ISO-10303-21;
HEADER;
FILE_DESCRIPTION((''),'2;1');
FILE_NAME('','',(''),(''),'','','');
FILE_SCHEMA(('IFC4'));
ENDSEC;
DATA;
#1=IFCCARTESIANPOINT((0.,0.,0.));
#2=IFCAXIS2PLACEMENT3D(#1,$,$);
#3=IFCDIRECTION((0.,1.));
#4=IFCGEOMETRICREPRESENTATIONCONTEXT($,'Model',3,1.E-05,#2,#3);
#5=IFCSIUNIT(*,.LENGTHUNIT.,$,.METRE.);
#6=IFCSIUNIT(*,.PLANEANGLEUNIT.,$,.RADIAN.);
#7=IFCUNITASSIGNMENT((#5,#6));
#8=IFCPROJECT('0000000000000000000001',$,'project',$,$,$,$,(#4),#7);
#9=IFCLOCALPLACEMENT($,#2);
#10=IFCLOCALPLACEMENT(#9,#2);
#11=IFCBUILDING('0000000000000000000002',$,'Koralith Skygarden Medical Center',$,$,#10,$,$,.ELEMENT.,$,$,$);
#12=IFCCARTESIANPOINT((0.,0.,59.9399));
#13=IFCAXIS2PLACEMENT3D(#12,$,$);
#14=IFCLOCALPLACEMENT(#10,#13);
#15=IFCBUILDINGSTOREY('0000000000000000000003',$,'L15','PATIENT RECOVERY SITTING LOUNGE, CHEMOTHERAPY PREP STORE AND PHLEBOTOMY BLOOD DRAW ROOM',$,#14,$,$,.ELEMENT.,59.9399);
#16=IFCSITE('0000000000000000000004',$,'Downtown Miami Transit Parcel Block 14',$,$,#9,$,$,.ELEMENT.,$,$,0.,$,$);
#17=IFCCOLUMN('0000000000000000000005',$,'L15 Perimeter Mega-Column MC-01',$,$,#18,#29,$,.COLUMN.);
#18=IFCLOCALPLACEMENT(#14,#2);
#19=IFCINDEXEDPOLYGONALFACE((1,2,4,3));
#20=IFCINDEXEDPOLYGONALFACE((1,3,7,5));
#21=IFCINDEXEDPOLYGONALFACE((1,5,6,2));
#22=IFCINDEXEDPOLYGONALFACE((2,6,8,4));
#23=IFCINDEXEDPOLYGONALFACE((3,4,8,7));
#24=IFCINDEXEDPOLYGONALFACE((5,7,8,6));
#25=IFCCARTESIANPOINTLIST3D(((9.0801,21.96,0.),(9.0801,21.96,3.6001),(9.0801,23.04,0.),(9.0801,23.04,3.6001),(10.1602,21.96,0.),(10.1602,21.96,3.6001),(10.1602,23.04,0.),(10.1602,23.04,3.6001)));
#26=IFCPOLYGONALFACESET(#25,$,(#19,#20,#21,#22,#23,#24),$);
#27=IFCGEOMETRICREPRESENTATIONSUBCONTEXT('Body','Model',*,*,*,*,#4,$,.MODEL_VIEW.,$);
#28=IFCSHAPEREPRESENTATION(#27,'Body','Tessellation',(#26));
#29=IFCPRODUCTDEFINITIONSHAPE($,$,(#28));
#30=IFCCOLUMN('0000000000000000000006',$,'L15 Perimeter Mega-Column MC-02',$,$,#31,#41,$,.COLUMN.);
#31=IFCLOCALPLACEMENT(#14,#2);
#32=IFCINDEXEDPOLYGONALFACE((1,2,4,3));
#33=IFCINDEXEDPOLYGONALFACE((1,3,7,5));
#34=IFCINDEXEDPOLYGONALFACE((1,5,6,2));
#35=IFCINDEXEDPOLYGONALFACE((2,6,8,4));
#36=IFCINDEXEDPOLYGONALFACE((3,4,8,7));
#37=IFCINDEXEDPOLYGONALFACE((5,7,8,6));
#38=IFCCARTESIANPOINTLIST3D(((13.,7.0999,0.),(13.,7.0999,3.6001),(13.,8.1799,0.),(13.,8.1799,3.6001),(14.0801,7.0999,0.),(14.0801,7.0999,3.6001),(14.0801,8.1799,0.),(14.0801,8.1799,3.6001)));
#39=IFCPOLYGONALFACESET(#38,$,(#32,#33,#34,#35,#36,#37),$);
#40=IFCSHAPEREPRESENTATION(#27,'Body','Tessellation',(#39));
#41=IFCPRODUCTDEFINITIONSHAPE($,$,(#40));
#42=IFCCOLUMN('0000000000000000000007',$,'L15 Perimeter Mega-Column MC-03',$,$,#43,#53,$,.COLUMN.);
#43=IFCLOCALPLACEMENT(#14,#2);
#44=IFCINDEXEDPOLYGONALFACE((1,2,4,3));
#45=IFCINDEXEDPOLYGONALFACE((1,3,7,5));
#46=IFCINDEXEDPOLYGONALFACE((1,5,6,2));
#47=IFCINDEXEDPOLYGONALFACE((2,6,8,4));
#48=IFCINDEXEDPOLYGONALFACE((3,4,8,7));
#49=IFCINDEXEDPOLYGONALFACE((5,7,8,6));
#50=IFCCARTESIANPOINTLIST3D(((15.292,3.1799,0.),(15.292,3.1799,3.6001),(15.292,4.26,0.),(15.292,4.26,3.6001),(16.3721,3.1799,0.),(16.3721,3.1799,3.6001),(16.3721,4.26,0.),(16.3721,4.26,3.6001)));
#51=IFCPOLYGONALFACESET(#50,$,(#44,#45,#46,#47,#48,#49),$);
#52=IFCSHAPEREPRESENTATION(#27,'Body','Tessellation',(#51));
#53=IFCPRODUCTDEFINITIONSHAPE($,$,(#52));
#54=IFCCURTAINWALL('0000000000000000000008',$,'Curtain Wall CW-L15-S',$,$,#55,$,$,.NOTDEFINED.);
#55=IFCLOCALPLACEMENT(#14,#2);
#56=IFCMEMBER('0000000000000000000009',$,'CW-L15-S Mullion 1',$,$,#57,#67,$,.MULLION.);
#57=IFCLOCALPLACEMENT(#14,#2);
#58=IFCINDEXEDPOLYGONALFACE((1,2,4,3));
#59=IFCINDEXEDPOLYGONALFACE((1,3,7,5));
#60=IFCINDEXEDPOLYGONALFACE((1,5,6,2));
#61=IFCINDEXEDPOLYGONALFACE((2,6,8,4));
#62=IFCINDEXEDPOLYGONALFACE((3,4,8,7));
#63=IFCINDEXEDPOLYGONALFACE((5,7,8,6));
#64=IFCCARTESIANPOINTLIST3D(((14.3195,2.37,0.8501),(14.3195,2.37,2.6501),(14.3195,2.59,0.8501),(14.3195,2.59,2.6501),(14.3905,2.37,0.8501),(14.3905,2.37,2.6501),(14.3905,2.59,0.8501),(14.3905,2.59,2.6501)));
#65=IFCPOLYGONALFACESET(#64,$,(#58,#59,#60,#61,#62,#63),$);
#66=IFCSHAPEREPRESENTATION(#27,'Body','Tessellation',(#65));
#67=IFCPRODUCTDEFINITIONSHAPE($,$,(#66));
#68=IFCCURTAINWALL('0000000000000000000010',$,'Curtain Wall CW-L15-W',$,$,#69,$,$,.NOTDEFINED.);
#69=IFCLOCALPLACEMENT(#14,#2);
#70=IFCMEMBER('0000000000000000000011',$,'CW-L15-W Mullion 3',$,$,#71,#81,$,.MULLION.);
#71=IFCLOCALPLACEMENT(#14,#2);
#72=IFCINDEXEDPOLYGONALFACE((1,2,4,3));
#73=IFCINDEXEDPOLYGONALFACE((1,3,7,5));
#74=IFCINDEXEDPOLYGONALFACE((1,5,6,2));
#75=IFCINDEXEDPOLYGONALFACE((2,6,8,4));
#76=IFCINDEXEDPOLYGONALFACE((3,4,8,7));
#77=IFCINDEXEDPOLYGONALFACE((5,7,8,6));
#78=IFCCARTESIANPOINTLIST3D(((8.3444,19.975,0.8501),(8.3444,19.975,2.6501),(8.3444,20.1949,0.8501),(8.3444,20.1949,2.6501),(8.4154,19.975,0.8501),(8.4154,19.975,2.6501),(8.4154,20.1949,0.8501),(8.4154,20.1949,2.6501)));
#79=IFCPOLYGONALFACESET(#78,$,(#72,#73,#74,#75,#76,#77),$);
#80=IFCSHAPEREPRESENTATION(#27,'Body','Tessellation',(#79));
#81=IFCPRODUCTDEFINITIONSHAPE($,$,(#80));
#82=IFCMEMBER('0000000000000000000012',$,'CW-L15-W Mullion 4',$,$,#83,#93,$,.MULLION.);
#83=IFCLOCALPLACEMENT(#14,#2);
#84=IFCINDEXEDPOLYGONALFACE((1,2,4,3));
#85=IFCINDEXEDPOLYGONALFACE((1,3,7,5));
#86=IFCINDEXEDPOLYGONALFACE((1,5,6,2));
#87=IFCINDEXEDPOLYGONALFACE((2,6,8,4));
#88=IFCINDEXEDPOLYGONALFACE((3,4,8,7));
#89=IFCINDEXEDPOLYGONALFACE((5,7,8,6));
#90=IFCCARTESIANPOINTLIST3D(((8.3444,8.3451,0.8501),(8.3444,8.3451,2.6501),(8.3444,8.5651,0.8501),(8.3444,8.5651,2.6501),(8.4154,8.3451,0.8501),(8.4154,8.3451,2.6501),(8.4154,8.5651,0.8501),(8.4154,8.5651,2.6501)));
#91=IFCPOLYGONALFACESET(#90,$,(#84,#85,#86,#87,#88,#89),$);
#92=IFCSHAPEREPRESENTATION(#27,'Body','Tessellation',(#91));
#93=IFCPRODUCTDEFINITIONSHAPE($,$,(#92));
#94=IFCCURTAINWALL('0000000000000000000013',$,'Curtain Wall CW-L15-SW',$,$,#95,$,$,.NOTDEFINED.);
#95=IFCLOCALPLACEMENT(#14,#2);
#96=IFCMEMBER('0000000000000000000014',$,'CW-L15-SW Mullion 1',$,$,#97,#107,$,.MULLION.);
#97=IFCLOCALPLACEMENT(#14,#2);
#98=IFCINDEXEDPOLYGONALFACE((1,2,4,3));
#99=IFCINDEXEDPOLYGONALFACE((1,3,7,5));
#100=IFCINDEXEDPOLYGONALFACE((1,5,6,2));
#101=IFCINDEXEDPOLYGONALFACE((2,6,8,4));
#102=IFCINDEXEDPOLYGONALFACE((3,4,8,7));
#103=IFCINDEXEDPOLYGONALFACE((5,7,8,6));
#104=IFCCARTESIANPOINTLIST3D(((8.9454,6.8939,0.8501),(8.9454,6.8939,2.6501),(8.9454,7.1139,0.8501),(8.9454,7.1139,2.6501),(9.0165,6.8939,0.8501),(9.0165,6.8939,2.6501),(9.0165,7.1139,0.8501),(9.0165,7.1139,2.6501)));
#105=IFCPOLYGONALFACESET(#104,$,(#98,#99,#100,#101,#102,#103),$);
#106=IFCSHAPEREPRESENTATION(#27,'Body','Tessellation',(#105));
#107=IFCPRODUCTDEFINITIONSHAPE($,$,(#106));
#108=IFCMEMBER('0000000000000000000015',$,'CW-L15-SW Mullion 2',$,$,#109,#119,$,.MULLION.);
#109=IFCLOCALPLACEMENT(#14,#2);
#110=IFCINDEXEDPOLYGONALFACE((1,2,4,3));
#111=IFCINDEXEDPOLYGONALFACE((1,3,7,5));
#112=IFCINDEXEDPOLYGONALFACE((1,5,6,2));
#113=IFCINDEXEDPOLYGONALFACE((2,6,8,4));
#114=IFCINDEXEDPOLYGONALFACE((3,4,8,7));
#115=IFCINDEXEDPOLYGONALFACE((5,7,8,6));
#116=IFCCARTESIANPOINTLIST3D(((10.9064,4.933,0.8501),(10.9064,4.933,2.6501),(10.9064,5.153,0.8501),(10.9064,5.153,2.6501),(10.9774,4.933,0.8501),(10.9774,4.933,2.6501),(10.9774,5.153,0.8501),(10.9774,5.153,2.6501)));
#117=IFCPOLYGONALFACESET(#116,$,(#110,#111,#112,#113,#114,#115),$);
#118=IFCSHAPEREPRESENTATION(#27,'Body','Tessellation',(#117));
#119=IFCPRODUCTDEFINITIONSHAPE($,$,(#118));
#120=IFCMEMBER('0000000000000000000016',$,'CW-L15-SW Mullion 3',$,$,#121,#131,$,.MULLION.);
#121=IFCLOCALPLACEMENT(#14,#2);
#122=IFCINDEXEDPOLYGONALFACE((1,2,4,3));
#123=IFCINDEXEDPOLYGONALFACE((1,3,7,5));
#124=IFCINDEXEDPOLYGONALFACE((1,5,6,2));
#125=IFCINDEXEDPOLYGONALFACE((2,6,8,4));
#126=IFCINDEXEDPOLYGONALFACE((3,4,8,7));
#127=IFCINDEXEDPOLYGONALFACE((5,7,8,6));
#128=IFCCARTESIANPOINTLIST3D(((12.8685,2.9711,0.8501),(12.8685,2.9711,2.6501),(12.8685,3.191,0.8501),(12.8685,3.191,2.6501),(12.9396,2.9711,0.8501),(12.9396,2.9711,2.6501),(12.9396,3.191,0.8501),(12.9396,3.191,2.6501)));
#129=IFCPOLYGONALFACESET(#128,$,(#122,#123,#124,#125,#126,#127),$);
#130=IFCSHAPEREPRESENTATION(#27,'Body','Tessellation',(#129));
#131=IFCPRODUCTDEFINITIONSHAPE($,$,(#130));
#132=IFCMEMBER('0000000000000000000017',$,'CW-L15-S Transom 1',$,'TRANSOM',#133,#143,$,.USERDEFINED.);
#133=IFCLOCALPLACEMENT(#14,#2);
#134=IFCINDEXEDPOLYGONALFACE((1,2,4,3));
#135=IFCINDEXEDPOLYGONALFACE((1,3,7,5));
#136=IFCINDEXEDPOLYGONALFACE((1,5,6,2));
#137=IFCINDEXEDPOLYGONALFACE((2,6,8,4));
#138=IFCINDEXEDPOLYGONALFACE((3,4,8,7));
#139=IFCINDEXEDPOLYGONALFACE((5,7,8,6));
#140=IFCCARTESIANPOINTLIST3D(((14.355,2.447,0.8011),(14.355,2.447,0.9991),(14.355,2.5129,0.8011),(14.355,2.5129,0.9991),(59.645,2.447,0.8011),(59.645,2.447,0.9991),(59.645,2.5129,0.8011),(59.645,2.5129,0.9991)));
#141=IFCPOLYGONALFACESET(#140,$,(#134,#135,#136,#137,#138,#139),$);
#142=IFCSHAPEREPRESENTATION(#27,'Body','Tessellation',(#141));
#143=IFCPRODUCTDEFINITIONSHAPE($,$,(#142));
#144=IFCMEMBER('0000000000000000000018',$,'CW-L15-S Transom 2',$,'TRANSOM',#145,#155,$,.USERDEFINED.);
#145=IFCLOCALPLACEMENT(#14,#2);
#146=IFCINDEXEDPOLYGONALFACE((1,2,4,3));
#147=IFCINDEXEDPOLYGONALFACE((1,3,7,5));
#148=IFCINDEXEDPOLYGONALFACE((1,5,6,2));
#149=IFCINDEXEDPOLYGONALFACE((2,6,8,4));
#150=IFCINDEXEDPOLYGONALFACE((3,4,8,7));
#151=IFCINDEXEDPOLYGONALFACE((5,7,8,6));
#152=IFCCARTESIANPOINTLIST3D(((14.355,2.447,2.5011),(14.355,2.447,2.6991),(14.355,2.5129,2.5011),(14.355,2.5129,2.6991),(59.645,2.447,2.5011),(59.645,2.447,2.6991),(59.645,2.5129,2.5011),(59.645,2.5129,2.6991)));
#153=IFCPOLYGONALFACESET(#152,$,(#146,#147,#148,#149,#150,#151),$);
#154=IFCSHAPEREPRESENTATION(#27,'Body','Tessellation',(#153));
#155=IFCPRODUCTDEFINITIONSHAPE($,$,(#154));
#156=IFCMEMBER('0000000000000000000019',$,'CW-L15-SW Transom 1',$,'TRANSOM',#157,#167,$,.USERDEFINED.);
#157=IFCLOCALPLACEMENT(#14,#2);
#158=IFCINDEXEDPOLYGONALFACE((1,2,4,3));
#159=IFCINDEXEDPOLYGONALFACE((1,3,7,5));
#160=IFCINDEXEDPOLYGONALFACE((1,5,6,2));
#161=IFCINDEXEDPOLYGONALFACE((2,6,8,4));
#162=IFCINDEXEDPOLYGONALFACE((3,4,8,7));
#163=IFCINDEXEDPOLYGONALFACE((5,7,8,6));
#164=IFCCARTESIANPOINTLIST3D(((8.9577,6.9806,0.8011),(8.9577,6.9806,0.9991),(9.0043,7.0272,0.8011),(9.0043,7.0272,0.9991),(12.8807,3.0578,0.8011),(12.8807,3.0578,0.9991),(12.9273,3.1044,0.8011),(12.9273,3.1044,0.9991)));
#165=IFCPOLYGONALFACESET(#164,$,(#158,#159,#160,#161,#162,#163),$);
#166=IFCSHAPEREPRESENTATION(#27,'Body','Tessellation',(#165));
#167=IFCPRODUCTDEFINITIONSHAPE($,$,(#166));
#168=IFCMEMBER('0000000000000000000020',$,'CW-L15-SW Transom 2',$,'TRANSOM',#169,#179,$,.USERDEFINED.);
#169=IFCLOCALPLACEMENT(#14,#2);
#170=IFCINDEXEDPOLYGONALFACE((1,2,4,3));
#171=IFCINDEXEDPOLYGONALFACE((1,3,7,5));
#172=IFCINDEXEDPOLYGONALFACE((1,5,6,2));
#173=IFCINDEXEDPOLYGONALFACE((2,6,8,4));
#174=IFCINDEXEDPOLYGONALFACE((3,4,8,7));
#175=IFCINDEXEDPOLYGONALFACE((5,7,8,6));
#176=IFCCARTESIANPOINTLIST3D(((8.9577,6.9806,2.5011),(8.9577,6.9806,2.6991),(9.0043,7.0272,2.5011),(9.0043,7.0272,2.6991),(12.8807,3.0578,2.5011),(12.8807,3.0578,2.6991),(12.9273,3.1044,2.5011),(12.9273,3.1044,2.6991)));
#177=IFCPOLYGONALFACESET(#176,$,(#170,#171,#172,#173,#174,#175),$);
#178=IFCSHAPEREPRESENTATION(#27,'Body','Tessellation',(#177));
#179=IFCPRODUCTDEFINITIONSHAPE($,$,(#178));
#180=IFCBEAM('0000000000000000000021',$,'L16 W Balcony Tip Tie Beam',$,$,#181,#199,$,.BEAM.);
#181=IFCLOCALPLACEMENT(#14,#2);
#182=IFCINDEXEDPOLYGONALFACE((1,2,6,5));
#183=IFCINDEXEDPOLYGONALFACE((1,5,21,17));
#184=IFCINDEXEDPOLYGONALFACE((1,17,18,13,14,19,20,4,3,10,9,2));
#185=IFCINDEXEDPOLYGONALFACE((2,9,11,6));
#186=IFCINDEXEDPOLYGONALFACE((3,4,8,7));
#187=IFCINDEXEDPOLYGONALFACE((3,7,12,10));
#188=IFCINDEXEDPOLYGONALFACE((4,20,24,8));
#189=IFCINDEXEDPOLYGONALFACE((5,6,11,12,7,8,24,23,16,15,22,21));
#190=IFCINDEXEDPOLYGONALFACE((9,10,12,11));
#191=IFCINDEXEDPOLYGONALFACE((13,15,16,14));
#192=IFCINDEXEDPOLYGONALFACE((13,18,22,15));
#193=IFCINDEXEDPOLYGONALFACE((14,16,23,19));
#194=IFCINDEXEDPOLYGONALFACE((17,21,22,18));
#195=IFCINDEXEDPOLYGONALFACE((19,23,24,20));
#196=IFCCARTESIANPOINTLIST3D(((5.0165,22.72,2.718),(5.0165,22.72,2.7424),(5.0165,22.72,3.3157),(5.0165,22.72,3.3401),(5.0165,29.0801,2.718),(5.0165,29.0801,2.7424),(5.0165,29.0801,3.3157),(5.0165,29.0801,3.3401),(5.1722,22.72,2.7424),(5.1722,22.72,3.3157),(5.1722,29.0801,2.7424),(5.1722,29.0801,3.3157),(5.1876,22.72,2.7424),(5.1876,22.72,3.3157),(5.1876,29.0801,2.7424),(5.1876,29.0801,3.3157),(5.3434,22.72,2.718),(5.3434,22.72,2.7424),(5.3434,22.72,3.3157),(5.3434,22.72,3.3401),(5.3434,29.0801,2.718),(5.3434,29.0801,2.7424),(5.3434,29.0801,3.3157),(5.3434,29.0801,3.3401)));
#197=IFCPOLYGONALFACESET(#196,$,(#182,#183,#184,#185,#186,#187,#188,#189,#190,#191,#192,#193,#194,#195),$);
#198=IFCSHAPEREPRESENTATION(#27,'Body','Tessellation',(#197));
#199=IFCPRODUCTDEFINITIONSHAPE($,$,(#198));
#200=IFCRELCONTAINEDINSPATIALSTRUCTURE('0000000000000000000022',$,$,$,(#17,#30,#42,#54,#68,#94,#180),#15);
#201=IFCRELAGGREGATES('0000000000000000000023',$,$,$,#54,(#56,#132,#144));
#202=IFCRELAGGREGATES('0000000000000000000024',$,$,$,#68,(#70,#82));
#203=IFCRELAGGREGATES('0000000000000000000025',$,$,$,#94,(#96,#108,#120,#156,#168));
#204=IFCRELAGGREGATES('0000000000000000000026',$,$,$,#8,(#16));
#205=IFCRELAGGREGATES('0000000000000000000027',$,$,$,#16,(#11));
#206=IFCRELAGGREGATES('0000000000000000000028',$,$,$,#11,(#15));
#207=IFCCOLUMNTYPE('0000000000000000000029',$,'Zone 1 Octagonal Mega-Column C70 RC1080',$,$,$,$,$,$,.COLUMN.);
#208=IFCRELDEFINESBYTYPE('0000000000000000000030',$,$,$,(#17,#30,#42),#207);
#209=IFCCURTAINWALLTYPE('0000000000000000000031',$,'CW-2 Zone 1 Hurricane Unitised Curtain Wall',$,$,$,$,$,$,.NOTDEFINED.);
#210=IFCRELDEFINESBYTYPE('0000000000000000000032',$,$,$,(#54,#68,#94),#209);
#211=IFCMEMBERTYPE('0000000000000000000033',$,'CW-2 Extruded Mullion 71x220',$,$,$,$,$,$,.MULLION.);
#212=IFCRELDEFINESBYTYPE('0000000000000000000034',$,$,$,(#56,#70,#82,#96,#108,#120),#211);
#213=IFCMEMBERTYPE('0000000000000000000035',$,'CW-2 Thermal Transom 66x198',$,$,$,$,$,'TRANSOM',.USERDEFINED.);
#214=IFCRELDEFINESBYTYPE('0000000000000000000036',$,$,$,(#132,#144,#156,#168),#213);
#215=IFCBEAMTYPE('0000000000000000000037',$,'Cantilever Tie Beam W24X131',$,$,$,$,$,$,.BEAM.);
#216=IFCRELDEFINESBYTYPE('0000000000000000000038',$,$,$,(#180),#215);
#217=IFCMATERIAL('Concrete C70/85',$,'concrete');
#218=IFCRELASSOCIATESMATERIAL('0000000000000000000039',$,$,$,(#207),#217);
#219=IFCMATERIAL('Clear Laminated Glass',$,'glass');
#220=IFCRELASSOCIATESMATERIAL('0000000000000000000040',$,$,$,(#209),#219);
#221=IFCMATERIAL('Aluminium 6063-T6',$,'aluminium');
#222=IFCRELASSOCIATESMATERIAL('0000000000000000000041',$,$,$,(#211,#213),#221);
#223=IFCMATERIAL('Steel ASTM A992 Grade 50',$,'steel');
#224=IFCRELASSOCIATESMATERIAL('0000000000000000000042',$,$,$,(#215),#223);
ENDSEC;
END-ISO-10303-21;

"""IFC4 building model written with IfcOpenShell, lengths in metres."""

from ifc_helpers import new_model, si_unit, direction, frame, origin, origin_2d, place, context, subcontext, project, spatial, rectangle, i_section, extrude, material, material_profile, profile_set, type_object, element, aggregate, save


model = new_model("IFC4")

# Units and contexts
model_context = context("Model", 3, precision=1e-05, world=origin(), true_north=direction((0.0, 1.0)))
body_context = subcontext(model_context, "Body", "Model", "MODEL_VIEW")
ifc_project = project(units=[si_unit("LENGTHUNIT", "METRE"), si_unit("PLANEANGLEUNIT", "RADIAN")], contexts=[model_context])

# Site, building, storey
site_placement = place(None, origin())
site = spatial("IfcSite", under=ifc_project, at=site_placement, Name="Downtown Miami Transit Parcel Block 14", CompositionType="ELEMENT", RefElevation=0.0)
building_placement = place(site_placement, origin())
building = spatial("IfcBuilding", under=site, at=building_placement, Name="Koralith Skygarden Medical Center", CompositionType="ELEMENT")
storey_placement = place(building_placement, frame((0.0, 0.0, 59.9399)))
storey = spatial("IfcBuildingStorey", under=building, at=storey_placement, Name="L15", Description="PATIENT RECOVERY SITTING LOUNGE, CHEMOTHERAPY PREP STORE AND PHLEBOTOMY BLOOD DRAW ROOM", CompositionType="ELEMENT", Elevation=59.9399)

# Columns
ifc_material_1 = material(Name="Concrete C70/85", Category="concrete")
ifc_material_profile_1 = material_profile(ifc_material_1, rectangle(XDim=1.0801, YDim=1.0801, at=origin_2d()), Name="RC1080X1080")
ifc_profile_set_1 = profile_set([ifc_material_profile_1], Name="Concrete C70/85")
column_type = type_object("IfcColumnType", Name="Zone 1 Octagonal Mega-Column C70 RC1080", PredefinedType="COLUMN", material=ifc_profile_set_1)
for number, where, z_axis, x_axis, name in (
    (1, (9.6201, 22.5, 0.0), (0.0, 0.0, 1.0), (1.0, 0.0, 0.0), "L15 Perimeter Mega-Column MC-01"),
    (2, (13.54, 7.6399, 0.0), (0.0, 0.0, 1.0), (1.0, 0.0, 0.0), "L15 Perimeter Mega-Column MC-02"),
    (3, (15.832, 3.72, 0.0), (0.0, 0.0, 1.0), (1.0, 0.0, 0.0), "L15 Perimeter Mega-Column MC-03"),
):
    element("IfcColumn", number, at=place(storey_placement, frame(where, z_axis=z_axis, x_axis=x_axis)), inside=storey, type_object=column_type, Name=name, PredefinedType="COLUMN", context=body_context, shape_type="SweptSolid", body=[
        extrude(rectangle(XDim=1.0801, YDim=1.0801, at=origin_2d()), origin(), (0.0, 0.0, 1.0), 3.6001),
    ])

# Curtain wall, member
ifc_material_2 = material(Name="Clear Laminated Glass", Category="glass")
curtain_wall_type = type_object("IfcCurtainWallType", Name="CW-2 Zone 1 Hurricane Unitised Curtain Wall", PredefinedType="NOTDEFINED", material=ifc_material_2)
curtain_wall_1_placement = place(storey_placement, origin())
curtain_wall_1 = element("IfcCurtainWall", 4, at=curtain_wall_1_placement, inside=storey, type_object=curtain_wall_type, Name="Curtain Wall CW-L15-S", PredefinedType="NOTDEFINED")
ifc_material_3 = material(Name="Aluminium 6063-T6", Category="aluminium")
ifc_material_profile_2 = material_profile(ifc_material_3, rectangle(XDim=0.071, YDim=0.22, at=origin_2d()), Name="MUL71X220")
ifc_profile_set_2 = profile_set([ifc_material_profile_2], Name="Aluminium 6063-T6")
member_type_1 = type_object("IfcMemberType", Name="CW-2 Extruded Mullion 71x220", PredefinedType="MULLION", material=ifc_profile_set_2)
member_1_placement = place(storey_placement, frame((14.355, 2.48, 0.8501), z_axis=(0.0, 0.0, 1.0), x_axis=(1.0, 0.0, 0.0)))
member_1 = element("IfcMember", 5, at=member_1_placement, type_object=member_type_1, Name="CW-L15-S Mullion 1", PredefinedType="MULLION", context=body_context, shape_type="SweptSolid", body=[
    extrude(rectangle(XDim=0.071, YDim=0.22, at=origin_2d()), origin(), (0.0, 0.0, 1.0), 1.8),
])

# Curtain walls, members
curtain_wall_2_placement = place(storey_placement, origin())
curtain_wall_2 = element("IfcCurtainWall", 6, at=curtain_wall_2_placement, inside=storey, type_object=curtain_wall_type, Name="Curtain Wall CW-L15-W", PredefinedType="NOTDEFINED")
member_2_placement = place(storey_placement, frame((8.3799, 20.085, 0.8501), z_axis=(0.0, 0.0, 1.0), x_axis=(1.0, 0.0, 0.0)))
member_2 = element("IfcMember", 7, at=member_2_placement, type_object=member_type_1, Name="CW-L15-W Mullion 3", PredefinedType="MULLION", context=body_context, shape_type="SweptSolid", body=[
    extrude(rectangle(XDim=0.071, YDim=0.22, at=origin_2d()), origin(), (0.0, 0.0, 1.0), 1.8),
])
member_3_placement = place(storey_placement, frame((8.3799, 8.4551, 0.8501), z_axis=(0.0, 0.0, 1.0), x_axis=(1.0, 0.0, 0.0)))
member_3 = element("IfcMember", 8, at=member_3_placement, type_object=member_type_1, Name="CW-L15-W Mullion 4", PredefinedType="MULLION", context=body_context, shape_type="SweptSolid", body=[
    extrude(rectangle(XDim=0.071, YDim=0.22, at=origin_2d()), origin(), (0.0, 0.0, 1.0), 1.8),
])
curtain_wall_3_placement = place(storey_placement, origin())
curtain_wall_3 = element("IfcCurtainWall", 9, at=curtain_wall_3_placement, inside=storey, type_object=curtain_wall_type, Name="Curtain Wall CW-L15-SW", PredefinedType="NOTDEFINED")
member_4_placement = place(storey_placement, frame((8.981, 7.0039, 0.8501), z_axis=(0.0, 0.0, 1.0), x_axis=(1.0, 0.0, 0.0)))
member_4 = element("IfcMember", 10, at=member_4_placement, type_object=member_type_1, Name="CW-L15-SW Mullion 1", PredefinedType="MULLION", context=body_context, shape_type="SweptSolid", body=[
    extrude(rectangle(XDim=0.071, YDim=0.22, at=origin_2d()), origin(), (0.0, 0.0, 1.0), 1.8),
])
member_5_placement = place(storey_placement, frame((10.9419, 5.043, 0.8501), z_axis=(0.0, 0.0, 1.0), x_axis=(1.0, 0.0, 0.0)))
member_5 = element("IfcMember", 11, at=member_5_placement, type_object=member_type_1, Name="CW-L15-SW Mullion 2", PredefinedType="MULLION", context=body_context, shape_type="SweptSolid", body=[
    extrude(rectangle(XDim=0.071, YDim=0.22, at=origin_2d()), origin(), (0.0, 0.0, 1.0), 1.8),
])
member_6_placement = place(storey_placement, frame((12.9041, 3.0811, 0.8501), z_axis=(0.0, 0.0, 1.0), x_axis=(1.0, 0.0, 0.0)))
member_6 = element("IfcMember", 12, at=member_6_placement, type_object=member_type_1, Name="CW-L15-SW Mullion 3", PredefinedType="MULLION", context=body_context, shape_type="SweptSolid", body=[
    extrude(rectangle(XDim=0.071, YDim=0.22, at=origin_2d()), origin(), (0.0, 0.0, 1.0), 1.8),
])

# Members
ifc_material_profile_3 = material_profile(ifc_material_3, rectangle(XDim=0.0659, YDim=0.198, at=origin_2d()), Name="TRN66X198")
ifc_profile_set_3 = profile_set([ifc_material_profile_3], Name="Aluminium 6063-T6")
member_type_2 = type_object("IfcMemberType", Name="CW-2 Thermal Transom 66x198", ElementType="TRANSOM", PredefinedType="USERDEFINED", material=ifc_profile_set_3)
member_7_placement = place(storey_placement, frame((14.355, 2.48, 0.9001), z_axis=(1.0, 0.0, 0.0), x_axis=(0.0, 1.0, 0.0)))
member_7 = element("IfcMember", 13, at=member_7_placement, type_object=member_type_2, Name="CW-L15-S Transom 1", ObjectType="TRANSOM", PredefinedType="USERDEFINED", context=body_context, shape_type="SweptSolid", body=[
    extrude(rectangle(XDim=0.0659, YDim=0.198, at=origin_2d()), origin(), (0.0, 0.0, 1.0), 45.29),
])
member_8_placement = place(storey_placement, frame((14.355, 2.48, 2.6001), z_axis=(1.0, 0.0, 0.0), x_axis=(0.0, 1.0, 0.0)))
member_8 = element("IfcMember", 14, at=member_8_placement, type_object=member_type_2, Name="CW-L15-S Transom 2", ObjectType="TRANSOM", PredefinedType="USERDEFINED", context=body_context, shape_type="SweptSolid", body=[
    extrude(rectangle(XDim=0.0659, YDim=0.198, at=origin_2d()), origin(), (0.0, 0.0, 1.0), 45.29),
])
member_9_placement = place(storey_placement, frame((8.981, 7.0039, 0.9001), z_axis=(0.707129, -0.707085, 0.0), x_axis=(0.707085, 0.707129, 0.0)))
member_9 = element("IfcMember", 15, at=member_9_placement, type_object=member_type_2, Name="CW-L15-SW Transom 1", ObjectType="TRANSOM", PredefinedType="USERDEFINED", context=body_context, shape_type="SweptSolid", body=[
    extrude(rectangle(XDim=0.0659, YDim=0.198, at=origin_2d()), origin(), (0.0, 0.0, 1.0), 5.5479),
])
member_10_placement = place(storey_placement, frame((8.981, 7.0039, 2.6001), z_axis=(0.707129, -0.707085, 0.0), x_axis=(0.707085, 0.707129, 0.0)))
member_10 = element("IfcMember", 16, at=member_10_placement, type_object=member_type_2, Name="CW-L15-SW Transom 2", ObjectType="TRANSOM", PredefinedType="USERDEFINED", context=body_context, shape_type="SweptSolid", body=[
    extrude(rectangle(XDim=0.0659, YDim=0.198, at=origin_2d()), origin(), (0.0, 0.0, 1.0), 5.5479),
])

# Beam
ifc_material_4 = material(Name="Steel ASTM A992 Grade 50", Category="steel")
ifc_material_profile_4 = material_profile(ifc_material_4, i_section(OverallWidth=0.3269, OverallDepth=0.6221, WebThickness=0.0154, FlangeThickness=0.0244, at=origin_2d()), Name="W24X131")
ifc_profile_set_4 = profile_set([ifc_material_profile_4], Name="Steel ASTM A992 Grade 50")
beam_type_1 = type_object("IfcBeamType", Name="Cantilever Tie Beam W24X131", PredefinedType="BEAM", material=ifc_profile_set_4)
beam_1_placement = place(storey_placement, frame((5.1799, 22.72, 3.0291), z_axis=(0.0, 1.0, 0.0), x_axis=(-1.0, 0.0, 0.0)))
element("IfcBeam", 17, at=beam_1_placement, inside=storey, type_object=beam_type_1, Name="L16 W Balcony Tip Tie Beam", PredefinedType="BEAM", context=body_context, shape_type="SweptSolid", body=[
    extrude(i_section(OverallWidth=0.3269, OverallDepth=0.6221, WebThickness=0.0154, FlangeThickness=0.0244, at=origin_2d()), origin(), (0.0, 0.0, 1.0), 6.3601),
])

aggregate(curtain_wall_1, [member_1, member_7, member_8])
aggregate(curtain_wall_2, [member_2, member_3])
aggregate(curtain_wall_3, [member_4, member_5, member_6, member_9, member_10])

save(model, "model.ifc")
